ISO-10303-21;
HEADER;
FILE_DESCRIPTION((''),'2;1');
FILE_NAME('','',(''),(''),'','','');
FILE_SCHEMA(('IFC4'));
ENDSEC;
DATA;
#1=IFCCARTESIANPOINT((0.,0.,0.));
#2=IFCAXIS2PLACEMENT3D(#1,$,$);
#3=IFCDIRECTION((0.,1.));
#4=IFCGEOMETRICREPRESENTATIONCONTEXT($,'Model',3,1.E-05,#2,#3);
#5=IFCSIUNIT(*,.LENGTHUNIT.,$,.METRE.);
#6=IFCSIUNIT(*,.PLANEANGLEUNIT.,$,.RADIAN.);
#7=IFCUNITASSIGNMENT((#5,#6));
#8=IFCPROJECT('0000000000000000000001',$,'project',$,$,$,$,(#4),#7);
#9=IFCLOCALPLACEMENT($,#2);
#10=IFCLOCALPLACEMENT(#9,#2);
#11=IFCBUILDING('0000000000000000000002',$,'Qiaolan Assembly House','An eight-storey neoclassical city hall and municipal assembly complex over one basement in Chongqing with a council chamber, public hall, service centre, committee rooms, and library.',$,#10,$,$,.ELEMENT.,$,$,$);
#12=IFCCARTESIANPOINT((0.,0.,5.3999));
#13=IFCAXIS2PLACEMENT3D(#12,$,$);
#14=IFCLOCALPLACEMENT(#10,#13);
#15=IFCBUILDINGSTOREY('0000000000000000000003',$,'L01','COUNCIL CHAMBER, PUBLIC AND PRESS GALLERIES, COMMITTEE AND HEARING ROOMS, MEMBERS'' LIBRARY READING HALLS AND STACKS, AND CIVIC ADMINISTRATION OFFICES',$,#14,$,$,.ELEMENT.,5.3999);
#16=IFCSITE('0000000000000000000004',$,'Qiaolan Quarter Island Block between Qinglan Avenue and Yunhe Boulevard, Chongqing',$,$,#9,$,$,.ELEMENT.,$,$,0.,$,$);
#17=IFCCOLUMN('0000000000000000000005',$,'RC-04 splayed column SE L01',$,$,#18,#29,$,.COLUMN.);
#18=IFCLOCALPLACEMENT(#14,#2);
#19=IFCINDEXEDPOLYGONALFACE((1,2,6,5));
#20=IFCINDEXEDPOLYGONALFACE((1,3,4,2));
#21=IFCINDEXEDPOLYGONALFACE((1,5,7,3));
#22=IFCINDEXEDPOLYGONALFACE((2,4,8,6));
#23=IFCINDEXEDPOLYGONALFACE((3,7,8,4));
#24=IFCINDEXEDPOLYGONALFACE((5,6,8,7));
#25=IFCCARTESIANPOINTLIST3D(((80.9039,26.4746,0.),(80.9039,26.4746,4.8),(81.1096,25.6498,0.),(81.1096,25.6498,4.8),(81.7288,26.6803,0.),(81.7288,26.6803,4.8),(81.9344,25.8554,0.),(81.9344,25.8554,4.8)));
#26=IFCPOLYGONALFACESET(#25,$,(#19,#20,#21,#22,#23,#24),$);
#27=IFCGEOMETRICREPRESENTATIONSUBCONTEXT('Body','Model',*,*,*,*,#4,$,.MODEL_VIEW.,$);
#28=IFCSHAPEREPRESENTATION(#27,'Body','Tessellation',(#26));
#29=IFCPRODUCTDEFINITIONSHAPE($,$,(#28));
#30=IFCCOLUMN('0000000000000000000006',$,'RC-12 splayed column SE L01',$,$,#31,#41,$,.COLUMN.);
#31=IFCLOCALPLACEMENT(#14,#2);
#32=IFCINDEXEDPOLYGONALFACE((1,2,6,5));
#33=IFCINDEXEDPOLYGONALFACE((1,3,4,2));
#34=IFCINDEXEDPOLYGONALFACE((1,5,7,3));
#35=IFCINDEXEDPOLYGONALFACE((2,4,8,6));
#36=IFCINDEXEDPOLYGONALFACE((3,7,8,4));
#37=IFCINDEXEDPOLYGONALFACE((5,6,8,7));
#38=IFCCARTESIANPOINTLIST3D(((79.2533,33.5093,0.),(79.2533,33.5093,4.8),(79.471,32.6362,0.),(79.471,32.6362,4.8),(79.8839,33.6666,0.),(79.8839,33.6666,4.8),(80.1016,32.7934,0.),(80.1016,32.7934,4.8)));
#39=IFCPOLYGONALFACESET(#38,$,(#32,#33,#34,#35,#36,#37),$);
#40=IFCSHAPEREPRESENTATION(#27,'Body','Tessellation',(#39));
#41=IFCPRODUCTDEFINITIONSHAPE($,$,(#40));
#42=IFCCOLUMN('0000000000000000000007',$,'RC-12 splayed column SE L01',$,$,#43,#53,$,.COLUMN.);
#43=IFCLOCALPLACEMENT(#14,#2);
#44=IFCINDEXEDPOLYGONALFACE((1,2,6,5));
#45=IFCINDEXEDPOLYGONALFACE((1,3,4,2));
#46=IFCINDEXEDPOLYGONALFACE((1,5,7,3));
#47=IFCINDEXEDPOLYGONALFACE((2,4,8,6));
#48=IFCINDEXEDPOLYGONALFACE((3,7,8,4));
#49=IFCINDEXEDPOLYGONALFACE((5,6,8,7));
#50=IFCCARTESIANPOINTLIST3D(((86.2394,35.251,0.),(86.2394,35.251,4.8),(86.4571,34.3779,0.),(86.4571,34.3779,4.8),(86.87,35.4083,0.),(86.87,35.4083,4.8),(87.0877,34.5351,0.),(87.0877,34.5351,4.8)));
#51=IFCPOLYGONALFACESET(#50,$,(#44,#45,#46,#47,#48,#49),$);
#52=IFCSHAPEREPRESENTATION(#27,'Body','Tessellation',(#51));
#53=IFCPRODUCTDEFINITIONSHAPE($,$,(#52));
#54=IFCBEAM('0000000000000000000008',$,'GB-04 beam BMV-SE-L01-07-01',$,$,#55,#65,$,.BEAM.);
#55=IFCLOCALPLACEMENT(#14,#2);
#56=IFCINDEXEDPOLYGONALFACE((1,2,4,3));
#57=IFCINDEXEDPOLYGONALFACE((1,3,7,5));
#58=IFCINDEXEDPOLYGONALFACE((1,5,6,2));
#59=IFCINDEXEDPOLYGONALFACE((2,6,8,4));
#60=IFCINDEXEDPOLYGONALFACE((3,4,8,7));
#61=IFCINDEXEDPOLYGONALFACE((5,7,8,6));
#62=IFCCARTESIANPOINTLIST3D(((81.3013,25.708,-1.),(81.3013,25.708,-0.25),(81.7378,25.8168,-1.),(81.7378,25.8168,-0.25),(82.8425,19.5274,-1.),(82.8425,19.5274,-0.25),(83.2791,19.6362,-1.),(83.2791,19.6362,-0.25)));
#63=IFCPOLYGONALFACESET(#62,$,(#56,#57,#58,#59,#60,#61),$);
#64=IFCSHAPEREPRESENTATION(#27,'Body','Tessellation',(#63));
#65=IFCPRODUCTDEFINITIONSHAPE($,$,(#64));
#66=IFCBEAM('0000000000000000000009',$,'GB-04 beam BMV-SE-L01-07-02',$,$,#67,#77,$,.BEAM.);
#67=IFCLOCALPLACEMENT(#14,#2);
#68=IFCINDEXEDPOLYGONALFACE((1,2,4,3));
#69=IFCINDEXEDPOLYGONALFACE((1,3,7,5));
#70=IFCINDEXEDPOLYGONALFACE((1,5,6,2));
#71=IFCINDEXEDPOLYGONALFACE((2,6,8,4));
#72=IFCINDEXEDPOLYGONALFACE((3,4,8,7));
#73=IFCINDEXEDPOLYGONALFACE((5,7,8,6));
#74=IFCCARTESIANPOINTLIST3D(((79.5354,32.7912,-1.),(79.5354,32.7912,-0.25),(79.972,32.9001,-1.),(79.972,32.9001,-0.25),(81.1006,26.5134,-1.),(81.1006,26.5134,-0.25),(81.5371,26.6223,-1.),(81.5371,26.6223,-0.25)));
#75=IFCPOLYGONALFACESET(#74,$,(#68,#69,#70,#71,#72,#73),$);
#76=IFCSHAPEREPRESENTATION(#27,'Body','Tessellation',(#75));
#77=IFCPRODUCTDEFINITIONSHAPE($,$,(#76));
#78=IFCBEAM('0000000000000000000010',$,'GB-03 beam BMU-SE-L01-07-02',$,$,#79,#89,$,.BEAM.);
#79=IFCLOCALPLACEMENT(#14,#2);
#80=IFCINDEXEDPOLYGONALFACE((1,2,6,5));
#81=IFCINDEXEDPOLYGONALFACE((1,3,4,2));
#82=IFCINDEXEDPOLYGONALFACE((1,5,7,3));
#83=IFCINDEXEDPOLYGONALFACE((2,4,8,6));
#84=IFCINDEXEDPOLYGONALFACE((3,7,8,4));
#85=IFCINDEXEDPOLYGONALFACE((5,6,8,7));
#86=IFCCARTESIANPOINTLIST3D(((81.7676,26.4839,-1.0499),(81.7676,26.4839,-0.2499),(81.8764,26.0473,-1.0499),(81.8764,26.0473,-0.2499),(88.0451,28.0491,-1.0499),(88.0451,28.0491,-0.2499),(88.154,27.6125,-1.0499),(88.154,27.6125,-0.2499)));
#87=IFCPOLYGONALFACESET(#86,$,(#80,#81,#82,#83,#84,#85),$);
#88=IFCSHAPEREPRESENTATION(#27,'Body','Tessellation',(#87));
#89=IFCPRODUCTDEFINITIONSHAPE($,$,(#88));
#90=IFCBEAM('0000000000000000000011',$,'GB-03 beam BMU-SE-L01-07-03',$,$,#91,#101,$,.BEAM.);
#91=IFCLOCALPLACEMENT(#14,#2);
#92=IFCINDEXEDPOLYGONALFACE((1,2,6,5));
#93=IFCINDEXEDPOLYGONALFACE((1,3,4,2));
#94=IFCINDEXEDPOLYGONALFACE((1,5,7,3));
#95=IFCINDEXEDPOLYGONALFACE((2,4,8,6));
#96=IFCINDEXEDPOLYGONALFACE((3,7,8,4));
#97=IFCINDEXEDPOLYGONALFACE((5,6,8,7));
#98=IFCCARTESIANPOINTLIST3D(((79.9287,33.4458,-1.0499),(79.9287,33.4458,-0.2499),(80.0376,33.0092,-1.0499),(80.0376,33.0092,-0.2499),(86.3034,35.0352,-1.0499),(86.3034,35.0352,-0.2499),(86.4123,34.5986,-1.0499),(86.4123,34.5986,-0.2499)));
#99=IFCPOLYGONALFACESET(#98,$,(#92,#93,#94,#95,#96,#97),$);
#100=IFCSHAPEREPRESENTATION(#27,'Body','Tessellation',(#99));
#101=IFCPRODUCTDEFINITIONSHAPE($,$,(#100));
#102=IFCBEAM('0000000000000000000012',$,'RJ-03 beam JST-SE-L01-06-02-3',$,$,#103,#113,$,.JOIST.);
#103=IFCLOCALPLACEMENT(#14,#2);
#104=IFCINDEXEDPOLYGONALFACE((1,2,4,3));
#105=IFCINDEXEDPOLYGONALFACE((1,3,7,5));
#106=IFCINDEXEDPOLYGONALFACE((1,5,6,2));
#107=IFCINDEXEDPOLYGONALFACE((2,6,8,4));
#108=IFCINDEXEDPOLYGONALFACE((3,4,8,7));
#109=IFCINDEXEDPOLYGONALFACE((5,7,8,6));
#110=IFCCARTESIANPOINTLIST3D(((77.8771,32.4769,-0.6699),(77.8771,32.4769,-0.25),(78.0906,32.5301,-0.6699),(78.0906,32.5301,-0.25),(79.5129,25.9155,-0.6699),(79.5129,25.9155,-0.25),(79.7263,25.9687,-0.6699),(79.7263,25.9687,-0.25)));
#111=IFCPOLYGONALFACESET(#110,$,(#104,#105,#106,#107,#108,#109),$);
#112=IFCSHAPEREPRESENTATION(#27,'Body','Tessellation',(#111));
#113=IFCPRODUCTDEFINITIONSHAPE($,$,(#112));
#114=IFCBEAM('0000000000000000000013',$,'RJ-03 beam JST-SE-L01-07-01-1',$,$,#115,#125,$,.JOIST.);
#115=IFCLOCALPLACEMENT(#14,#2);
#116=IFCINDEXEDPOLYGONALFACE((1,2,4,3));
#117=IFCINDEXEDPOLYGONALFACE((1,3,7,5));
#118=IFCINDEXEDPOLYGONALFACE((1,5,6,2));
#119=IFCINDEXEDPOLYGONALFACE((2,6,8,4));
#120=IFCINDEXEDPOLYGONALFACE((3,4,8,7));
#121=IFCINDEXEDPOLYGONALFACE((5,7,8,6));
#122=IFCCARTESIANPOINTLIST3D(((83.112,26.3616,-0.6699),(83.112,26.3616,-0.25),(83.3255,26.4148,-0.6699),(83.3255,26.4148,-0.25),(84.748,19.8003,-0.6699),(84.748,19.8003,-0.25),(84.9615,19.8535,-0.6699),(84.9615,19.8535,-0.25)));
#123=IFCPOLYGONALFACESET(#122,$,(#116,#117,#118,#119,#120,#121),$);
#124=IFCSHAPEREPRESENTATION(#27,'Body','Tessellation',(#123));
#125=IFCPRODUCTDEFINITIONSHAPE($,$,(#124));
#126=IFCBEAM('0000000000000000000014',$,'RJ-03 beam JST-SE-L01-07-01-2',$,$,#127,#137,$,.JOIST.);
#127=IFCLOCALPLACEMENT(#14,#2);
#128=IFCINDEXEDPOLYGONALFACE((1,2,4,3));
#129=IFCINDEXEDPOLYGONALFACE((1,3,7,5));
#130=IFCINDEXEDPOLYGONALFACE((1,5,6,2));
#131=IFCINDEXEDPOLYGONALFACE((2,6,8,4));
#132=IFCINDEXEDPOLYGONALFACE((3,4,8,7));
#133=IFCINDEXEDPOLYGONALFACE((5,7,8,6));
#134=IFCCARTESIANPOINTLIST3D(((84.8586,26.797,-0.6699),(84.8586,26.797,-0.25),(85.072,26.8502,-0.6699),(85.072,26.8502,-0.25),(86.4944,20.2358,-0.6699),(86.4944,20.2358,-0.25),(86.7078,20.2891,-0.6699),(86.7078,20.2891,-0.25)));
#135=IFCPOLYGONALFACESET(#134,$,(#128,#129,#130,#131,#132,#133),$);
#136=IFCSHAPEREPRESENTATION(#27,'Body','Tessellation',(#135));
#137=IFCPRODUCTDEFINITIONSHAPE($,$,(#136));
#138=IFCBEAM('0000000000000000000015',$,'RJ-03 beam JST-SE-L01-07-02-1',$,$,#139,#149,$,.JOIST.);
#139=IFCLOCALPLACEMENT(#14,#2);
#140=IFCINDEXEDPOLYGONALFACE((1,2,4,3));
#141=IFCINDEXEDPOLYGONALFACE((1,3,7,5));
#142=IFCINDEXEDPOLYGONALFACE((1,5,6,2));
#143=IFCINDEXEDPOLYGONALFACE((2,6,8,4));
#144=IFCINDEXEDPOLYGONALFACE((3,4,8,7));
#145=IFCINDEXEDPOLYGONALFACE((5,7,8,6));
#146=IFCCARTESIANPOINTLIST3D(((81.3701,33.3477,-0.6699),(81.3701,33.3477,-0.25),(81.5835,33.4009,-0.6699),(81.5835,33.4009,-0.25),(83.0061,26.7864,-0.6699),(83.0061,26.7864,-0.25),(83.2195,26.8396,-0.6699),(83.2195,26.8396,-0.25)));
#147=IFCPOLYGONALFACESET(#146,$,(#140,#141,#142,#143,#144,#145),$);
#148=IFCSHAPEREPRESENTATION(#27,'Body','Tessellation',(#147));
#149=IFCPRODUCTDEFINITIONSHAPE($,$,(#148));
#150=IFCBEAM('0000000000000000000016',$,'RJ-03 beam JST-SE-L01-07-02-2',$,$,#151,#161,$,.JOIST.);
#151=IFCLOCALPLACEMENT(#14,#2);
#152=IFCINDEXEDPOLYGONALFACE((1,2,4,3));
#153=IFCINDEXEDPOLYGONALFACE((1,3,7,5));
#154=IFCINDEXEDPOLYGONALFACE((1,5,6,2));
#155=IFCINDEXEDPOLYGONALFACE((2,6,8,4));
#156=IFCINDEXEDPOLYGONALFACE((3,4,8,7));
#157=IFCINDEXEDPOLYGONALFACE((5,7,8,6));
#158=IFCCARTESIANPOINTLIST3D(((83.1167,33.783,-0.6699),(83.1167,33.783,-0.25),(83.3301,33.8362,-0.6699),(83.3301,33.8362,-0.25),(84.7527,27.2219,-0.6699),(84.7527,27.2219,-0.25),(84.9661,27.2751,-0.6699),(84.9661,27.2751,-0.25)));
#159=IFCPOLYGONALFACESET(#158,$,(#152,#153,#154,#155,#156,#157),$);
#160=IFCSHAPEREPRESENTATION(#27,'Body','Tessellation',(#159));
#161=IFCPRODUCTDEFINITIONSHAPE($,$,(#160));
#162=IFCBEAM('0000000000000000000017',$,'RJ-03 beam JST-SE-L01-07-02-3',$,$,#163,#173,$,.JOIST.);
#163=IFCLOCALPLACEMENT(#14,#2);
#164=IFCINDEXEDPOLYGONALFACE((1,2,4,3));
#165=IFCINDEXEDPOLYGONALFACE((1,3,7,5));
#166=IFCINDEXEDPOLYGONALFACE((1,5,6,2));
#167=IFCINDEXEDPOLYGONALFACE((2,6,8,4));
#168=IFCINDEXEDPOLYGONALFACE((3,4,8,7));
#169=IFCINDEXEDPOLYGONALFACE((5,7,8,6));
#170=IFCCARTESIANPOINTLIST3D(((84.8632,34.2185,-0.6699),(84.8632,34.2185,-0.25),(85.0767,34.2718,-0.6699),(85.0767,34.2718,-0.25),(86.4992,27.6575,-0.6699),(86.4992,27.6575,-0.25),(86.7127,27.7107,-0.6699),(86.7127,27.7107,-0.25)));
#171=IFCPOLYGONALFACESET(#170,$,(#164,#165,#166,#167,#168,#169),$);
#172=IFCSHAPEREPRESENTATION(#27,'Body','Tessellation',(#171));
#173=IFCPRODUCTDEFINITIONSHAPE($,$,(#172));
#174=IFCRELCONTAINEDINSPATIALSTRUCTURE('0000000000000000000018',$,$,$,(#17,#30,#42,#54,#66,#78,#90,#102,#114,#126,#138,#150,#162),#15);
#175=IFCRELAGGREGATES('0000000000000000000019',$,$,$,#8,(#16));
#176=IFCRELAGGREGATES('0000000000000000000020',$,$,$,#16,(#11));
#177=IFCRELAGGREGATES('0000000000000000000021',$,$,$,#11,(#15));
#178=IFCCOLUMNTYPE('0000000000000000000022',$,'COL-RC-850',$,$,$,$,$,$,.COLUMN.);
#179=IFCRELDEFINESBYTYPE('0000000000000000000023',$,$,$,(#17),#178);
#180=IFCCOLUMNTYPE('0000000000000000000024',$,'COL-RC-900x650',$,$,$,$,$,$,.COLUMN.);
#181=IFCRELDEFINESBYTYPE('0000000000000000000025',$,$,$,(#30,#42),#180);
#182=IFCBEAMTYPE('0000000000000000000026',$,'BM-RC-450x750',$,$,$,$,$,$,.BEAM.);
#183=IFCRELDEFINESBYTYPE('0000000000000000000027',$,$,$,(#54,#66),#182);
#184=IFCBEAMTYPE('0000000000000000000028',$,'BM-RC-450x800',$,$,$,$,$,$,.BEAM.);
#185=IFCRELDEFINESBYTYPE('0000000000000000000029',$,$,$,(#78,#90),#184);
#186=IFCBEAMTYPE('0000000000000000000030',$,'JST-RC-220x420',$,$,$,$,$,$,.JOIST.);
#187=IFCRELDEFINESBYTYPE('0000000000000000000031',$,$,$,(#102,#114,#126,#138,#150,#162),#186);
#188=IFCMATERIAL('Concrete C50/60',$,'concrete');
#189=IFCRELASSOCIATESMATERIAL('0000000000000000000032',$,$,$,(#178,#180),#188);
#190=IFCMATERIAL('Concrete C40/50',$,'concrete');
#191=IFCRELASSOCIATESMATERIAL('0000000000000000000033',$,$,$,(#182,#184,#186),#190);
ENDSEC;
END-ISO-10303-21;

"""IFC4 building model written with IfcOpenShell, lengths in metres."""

from ifc_helpers import new_model, si_unit, direction, frame, origin, origin_2d, place, context, subcontext, project, spatial, rectangle, extrude, material, material_profile, profile_set, type_object, element, save


model = new_model("IFC4")

# Units and contexts
model_context = context("Model", 3, precision=1e-05, world=origin(), true_north=direction((0.0, 1.0)))
body_context = subcontext(model_context, "Body", "Model", "MODEL_VIEW")
ifc_project = project(units=[si_unit("LENGTHUNIT", "METRE"), si_unit("PLANEANGLEUNIT", "RADIAN")], contexts=[model_context])

# Site, building, storey
site_placement = place(None, origin())
site = spatial("IfcSite", under=ifc_project, at=site_placement, Name="Qiaolan Quarter Island Block between Qinglan Avenue and Yunhe Boulevard, Chongqing", CompositionType="ELEMENT", RefElevation=0.0)
building_placement = place(site_placement, origin())
building = spatial("IfcBuilding", under=site, at=building_placement, Name="Qiaolan Assembly House", Description="An eight-storey neoclassical city hall and municipal assembly complex over one basement in Chongqing with a council chamber, public hall, service centre, committee rooms, and library.", CompositionType="ELEMENT")
storey_placement = place(building_placement, frame((0.0, 0.0, 5.3999)))
storey = spatial("IfcBuildingStorey", under=building, at=storey_placement, Name="L01", Description="COUNCIL CHAMBER, PUBLIC AND PRESS GALLERIES, COMMITTEE AND HEARING ROOMS, MEMBERS' LIBRARY READING HALLS AND STACKS, AND CIVIC ADMINISTRATION OFFICES", CompositionType="ELEMENT", Elevation=5.3999)

# Columns
ifc_material_1 = material(Name="Concrete C50/60", Category="concrete")
ifc_material_profile_1 = material_profile(ifc_material_1, rectangle(XDim=0.8501, YDim=0.8501, at=origin_2d()), Name="RC 850x850")
ifc_profile_set_1 = profile_set([ifc_material_profile_1], Name="Concrete C50/60")
column_type_1 = type_object("IfcColumnType", Name="COL-RC-850", PredefinedType="COLUMN", material=ifc_profile_set_1)
column_placement = place(storey_placement, frame((81.4192, 26.165, 0.0), z_axis=(0.0, 0.0, 1.0), x_axis=(0.970296, 0.241922, 0.0)))
element("IfcColumn", 1, at=column_placement, inside=storey, type_object=column_type_1, Name="RC-04 splayed column SE L01", PredefinedType="COLUMN", context=body_context, shape_type="SweptSolid", body=[
    extrude(rectangle(XDim=0.8501, YDim=0.8501, at=origin_2d()), origin(), (0.0, 0.0, 1.0), 4.8),
])
ifc_material_profile_2 = material_profile(ifc_material_1, rectangle(XDim=0.6499, YDim=0.8999, at=origin_2d()), Name="RC 900x650")
ifc_profile_set_2 = profile_set([ifc_material_profile_2], Name="Concrete C50/60")
column_type_2 = type_object("IfcColumnType", Name="COL-RC-900x650", PredefinedType="COLUMN", material=ifc_profile_set_2)
for number, where, z_axis, x_axis, name in (
    (2, (79.6775, 33.1514, 0.0), (0.0, 0.0, 1.0), (0.970296, 0.241922, 0.0), "RC-12 splayed column SE L01"),
    (3, (86.6636, 34.8931, 0.0), (0.0, 0.0, 1.0), (0.970296, 0.241922, 0.0), "RC-12 splayed column SE L01"),
):
    element("IfcColumn", number, at=place(storey_placement, frame(where, z_axis=z_axis, x_axis=x_axis)), inside=storey, type_object=column_type_2, Name=name, PredefinedType="COLUMN", context=body_context, shape_type="SweptSolid", body=[
        extrude(rectangle(XDim=0.6499, YDim=0.8999, at=origin_2d()), origin(), (0.0, 0.0, 1.0), 4.8),
    ])

# Beams
ifc_material_2 = material(Name="Concrete C40/50", Category="concrete")
ifc_material_profile_3 = material_profile(ifc_material_2, rectangle(XDim=0.45, YDim=0.75, at=origin_2d()), Name="RCB 450x750")
ifc_profile_set_3 = profile_set([ifc_material_profile_3], Name="Concrete C40/50")
beam_type_1 = type_object("IfcBeamType", Name="BM-RC-450x750", PredefinedType="BEAM", material=ifc_profile_set_3)
beam_1_placement = place(storey_placement, frame((83.0608, 19.5818, -0.625), z_axis=(-0.241958, 0.970287, 0.0), x_axis=(-0.970287, -0.241958, 0.0)))
element("IfcBeam", 4, at=beam_1_placement, inside=storey, type_object=beam_type_1, Name="GB-04 beam BMV-SE-L01-07-01", PredefinedType="BEAM", context=body_context, shape_type="SweptSolid", body=[
    extrude(rectangle(XDim=0.45, YDim=0.75, at=origin_2d()), origin(), (0.0, 0.0, 1.0), 6.3699),
])
beam_2_placement = place(storey_placement, frame((81.3188, 26.5679, -0.625), z_axis=(-0.241914, 0.970298, 0.0), x_axis=(-0.970298, -0.241914, 0.0)))
element("IfcBeam", 5, at=beam_2_placement, inside=storey, type_object=beam_type_1, Name="GB-04 beam BMV-SE-L01-07-02", PredefinedType="BEAM", context=body_context, shape_type="SweptSolid", body=[
    extrude(rectangle(XDim=0.45, YDim=0.75, at=origin_2d()), origin(), (0.0, 0.0, 1.0), 6.47),
])
ifc_material_profile_4 = material_profile(ifc_material_2, rectangle(XDim=0.45, YDim=0.8, at=origin_2d()), Name="RCB 450x800")
ifc_profile_set_4 = profile_set([ifc_material_profile_4], Name="Concrete C40/50")
beam_type_2 = type_object("IfcBeamType", Name="BM-RC-450x800", PredefinedType="BEAM", material=ifc_profile_set_4)
beam_3_placement = place(storey_placement, frame((81.822, 26.2656, -0.6499), z_axis=(0.970295, 0.241923, 0.0), x_axis=(-0.241923, 0.970295, 0.0)))
element("IfcBeam", 6, at=beam_3_placement, inside=storey, type_object=beam_type_2, Name="GB-03 beam BMU-SE-L01-07-02", PredefinedType="BEAM", context=body_context, shape_type="SweptSolid", body=[
    extrude(rectangle(XDim=0.45, YDim=0.8, at=origin_2d()), origin(), (0.0, 0.0, 1.0), 6.4697),
])
beam_4_placement = place(storey_placement, frame((79.9832, 33.2275, -0.6499), z_axis=(0.970298, 0.241915, 0.0), x_axis=(-0.241915, 0.970298, 0.0)))
element("IfcBeam", 7, at=beam_4_placement, inside=storey, type_object=beam_type_2, Name="GB-03 beam BMU-SE-L01-07-03", PredefinedType="BEAM", context=body_context, shape_type="SweptSolid", body=[
    extrude(rectangle(XDim=0.45, YDim=0.8, at=origin_2d()), origin(), (0.0, 0.0, 1.0), 6.5698),
])
ifc_material_profile_5 = material_profile(ifc_material_2, rectangle(XDim=0.22, YDim=0.4199, at=origin_2d()), Name="RCB 220x420")
ifc_profile_set_5 = profile_set([ifc_material_profile_5], Name="Concrete C40/50")
beam_type_3 = type_object("IfcBeamType", Name="JST-RC-220x420", PredefinedType="JOIST", material=ifc_profile_set_5)
for number, where, z_axis, x_axis, name in (
    (8, (79.6196, 25.9421, -0.46), (-0.241898, 0.970302, 0.0), (-0.970302, -0.241898, 0.0), "RJ-03 beam JST-SE-L01-06-02-3"),
    (9, (84.8547, 19.8269, -0.46), (-0.241932, 0.970293, 0.0), (-0.970293, -0.241932, 0.0), "RJ-03 beam JST-SE-L01-07-01-1"),
):
    element("IfcBeam", number, at=place(storey_placement, frame(where, z_axis=z_axis, x_axis=x_axis)), inside=storey, type_object=beam_type_3, Name=name, PredefinedType="JOIST", context=body_context, shape_type="SweptSolid", body=[
        extrude(rectangle(XDim=0.22, YDim=0.4199, at=origin_2d()), origin(), (0.0, 0.0, 1.0), 6.7622),
    ])
beam_5_placement = place(storey_placement, frame((86.6011, 20.2625, -0.46), z_axis=(-0.241907, 0.970299, 0.0), x_axis=(-0.970299, -0.241907, 0.0)))
element("IfcBeam", 10, at=beam_5_placement, inside=storey, type_object=beam_type_3, Name="RJ-03 beam JST-SE-L01-07-01-2", PredefinedType="JOIST", context=body_context, shape_type="SweptSolid", body=[
    extrude(rectangle(XDim=0.22, YDim=0.4199, at=origin_2d()), origin(), (0.0, 0.0, 1.0), 6.762),
])
beam_6_placement = place(storey_placement, frame((83.1128, 26.813, -0.46), z_axis=(-0.241932, 0.970293, 0.0), x_axis=(-0.970293, -0.241932, 0.0)))
element("IfcBeam", 11, at=beam_6_placement, inside=storey, type_object=beam_type_3, Name="RJ-03 beam JST-SE-L01-07-02-1", PredefinedType="JOIST", context=body_context, shape_type="SweptSolid", body=[
    extrude(rectangle(XDim=0.22, YDim=0.4199, at=origin_2d()), origin(), (0.0, 0.0, 1.0), 6.7622),
])
for number, where, z_axis, x_axis, name in (
    (12, (84.8594, 27.2485, -0.46), (-0.241941, 0.970291, 0.0), (-0.970291, -0.241941, 0.0), "RJ-03 beam JST-SE-L01-07-02-2"),
    (13, (86.606, 27.6841, -0.46), (-0.241941, 0.970291, 0.0), (-0.970291, -0.241941, 0.0), "RJ-03 beam JST-SE-L01-07-02-3"),
):
    element("IfcBeam", number, at=place(storey_placement, frame(where, z_axis=z_axis, x_axis=x_axis)), inside=storey, type_object=beam_type_3, Name=name, PredefinedType="JOIST", context=body_context, shape_type="SweptSolid", body=[
        extrude(rectangle(XDim=0.22, YDim=0.4199, at=origin_2d()), origin(), (0.0, 0.0, 1.0), 6.762),
    ])

save(model, "model.ifc")
